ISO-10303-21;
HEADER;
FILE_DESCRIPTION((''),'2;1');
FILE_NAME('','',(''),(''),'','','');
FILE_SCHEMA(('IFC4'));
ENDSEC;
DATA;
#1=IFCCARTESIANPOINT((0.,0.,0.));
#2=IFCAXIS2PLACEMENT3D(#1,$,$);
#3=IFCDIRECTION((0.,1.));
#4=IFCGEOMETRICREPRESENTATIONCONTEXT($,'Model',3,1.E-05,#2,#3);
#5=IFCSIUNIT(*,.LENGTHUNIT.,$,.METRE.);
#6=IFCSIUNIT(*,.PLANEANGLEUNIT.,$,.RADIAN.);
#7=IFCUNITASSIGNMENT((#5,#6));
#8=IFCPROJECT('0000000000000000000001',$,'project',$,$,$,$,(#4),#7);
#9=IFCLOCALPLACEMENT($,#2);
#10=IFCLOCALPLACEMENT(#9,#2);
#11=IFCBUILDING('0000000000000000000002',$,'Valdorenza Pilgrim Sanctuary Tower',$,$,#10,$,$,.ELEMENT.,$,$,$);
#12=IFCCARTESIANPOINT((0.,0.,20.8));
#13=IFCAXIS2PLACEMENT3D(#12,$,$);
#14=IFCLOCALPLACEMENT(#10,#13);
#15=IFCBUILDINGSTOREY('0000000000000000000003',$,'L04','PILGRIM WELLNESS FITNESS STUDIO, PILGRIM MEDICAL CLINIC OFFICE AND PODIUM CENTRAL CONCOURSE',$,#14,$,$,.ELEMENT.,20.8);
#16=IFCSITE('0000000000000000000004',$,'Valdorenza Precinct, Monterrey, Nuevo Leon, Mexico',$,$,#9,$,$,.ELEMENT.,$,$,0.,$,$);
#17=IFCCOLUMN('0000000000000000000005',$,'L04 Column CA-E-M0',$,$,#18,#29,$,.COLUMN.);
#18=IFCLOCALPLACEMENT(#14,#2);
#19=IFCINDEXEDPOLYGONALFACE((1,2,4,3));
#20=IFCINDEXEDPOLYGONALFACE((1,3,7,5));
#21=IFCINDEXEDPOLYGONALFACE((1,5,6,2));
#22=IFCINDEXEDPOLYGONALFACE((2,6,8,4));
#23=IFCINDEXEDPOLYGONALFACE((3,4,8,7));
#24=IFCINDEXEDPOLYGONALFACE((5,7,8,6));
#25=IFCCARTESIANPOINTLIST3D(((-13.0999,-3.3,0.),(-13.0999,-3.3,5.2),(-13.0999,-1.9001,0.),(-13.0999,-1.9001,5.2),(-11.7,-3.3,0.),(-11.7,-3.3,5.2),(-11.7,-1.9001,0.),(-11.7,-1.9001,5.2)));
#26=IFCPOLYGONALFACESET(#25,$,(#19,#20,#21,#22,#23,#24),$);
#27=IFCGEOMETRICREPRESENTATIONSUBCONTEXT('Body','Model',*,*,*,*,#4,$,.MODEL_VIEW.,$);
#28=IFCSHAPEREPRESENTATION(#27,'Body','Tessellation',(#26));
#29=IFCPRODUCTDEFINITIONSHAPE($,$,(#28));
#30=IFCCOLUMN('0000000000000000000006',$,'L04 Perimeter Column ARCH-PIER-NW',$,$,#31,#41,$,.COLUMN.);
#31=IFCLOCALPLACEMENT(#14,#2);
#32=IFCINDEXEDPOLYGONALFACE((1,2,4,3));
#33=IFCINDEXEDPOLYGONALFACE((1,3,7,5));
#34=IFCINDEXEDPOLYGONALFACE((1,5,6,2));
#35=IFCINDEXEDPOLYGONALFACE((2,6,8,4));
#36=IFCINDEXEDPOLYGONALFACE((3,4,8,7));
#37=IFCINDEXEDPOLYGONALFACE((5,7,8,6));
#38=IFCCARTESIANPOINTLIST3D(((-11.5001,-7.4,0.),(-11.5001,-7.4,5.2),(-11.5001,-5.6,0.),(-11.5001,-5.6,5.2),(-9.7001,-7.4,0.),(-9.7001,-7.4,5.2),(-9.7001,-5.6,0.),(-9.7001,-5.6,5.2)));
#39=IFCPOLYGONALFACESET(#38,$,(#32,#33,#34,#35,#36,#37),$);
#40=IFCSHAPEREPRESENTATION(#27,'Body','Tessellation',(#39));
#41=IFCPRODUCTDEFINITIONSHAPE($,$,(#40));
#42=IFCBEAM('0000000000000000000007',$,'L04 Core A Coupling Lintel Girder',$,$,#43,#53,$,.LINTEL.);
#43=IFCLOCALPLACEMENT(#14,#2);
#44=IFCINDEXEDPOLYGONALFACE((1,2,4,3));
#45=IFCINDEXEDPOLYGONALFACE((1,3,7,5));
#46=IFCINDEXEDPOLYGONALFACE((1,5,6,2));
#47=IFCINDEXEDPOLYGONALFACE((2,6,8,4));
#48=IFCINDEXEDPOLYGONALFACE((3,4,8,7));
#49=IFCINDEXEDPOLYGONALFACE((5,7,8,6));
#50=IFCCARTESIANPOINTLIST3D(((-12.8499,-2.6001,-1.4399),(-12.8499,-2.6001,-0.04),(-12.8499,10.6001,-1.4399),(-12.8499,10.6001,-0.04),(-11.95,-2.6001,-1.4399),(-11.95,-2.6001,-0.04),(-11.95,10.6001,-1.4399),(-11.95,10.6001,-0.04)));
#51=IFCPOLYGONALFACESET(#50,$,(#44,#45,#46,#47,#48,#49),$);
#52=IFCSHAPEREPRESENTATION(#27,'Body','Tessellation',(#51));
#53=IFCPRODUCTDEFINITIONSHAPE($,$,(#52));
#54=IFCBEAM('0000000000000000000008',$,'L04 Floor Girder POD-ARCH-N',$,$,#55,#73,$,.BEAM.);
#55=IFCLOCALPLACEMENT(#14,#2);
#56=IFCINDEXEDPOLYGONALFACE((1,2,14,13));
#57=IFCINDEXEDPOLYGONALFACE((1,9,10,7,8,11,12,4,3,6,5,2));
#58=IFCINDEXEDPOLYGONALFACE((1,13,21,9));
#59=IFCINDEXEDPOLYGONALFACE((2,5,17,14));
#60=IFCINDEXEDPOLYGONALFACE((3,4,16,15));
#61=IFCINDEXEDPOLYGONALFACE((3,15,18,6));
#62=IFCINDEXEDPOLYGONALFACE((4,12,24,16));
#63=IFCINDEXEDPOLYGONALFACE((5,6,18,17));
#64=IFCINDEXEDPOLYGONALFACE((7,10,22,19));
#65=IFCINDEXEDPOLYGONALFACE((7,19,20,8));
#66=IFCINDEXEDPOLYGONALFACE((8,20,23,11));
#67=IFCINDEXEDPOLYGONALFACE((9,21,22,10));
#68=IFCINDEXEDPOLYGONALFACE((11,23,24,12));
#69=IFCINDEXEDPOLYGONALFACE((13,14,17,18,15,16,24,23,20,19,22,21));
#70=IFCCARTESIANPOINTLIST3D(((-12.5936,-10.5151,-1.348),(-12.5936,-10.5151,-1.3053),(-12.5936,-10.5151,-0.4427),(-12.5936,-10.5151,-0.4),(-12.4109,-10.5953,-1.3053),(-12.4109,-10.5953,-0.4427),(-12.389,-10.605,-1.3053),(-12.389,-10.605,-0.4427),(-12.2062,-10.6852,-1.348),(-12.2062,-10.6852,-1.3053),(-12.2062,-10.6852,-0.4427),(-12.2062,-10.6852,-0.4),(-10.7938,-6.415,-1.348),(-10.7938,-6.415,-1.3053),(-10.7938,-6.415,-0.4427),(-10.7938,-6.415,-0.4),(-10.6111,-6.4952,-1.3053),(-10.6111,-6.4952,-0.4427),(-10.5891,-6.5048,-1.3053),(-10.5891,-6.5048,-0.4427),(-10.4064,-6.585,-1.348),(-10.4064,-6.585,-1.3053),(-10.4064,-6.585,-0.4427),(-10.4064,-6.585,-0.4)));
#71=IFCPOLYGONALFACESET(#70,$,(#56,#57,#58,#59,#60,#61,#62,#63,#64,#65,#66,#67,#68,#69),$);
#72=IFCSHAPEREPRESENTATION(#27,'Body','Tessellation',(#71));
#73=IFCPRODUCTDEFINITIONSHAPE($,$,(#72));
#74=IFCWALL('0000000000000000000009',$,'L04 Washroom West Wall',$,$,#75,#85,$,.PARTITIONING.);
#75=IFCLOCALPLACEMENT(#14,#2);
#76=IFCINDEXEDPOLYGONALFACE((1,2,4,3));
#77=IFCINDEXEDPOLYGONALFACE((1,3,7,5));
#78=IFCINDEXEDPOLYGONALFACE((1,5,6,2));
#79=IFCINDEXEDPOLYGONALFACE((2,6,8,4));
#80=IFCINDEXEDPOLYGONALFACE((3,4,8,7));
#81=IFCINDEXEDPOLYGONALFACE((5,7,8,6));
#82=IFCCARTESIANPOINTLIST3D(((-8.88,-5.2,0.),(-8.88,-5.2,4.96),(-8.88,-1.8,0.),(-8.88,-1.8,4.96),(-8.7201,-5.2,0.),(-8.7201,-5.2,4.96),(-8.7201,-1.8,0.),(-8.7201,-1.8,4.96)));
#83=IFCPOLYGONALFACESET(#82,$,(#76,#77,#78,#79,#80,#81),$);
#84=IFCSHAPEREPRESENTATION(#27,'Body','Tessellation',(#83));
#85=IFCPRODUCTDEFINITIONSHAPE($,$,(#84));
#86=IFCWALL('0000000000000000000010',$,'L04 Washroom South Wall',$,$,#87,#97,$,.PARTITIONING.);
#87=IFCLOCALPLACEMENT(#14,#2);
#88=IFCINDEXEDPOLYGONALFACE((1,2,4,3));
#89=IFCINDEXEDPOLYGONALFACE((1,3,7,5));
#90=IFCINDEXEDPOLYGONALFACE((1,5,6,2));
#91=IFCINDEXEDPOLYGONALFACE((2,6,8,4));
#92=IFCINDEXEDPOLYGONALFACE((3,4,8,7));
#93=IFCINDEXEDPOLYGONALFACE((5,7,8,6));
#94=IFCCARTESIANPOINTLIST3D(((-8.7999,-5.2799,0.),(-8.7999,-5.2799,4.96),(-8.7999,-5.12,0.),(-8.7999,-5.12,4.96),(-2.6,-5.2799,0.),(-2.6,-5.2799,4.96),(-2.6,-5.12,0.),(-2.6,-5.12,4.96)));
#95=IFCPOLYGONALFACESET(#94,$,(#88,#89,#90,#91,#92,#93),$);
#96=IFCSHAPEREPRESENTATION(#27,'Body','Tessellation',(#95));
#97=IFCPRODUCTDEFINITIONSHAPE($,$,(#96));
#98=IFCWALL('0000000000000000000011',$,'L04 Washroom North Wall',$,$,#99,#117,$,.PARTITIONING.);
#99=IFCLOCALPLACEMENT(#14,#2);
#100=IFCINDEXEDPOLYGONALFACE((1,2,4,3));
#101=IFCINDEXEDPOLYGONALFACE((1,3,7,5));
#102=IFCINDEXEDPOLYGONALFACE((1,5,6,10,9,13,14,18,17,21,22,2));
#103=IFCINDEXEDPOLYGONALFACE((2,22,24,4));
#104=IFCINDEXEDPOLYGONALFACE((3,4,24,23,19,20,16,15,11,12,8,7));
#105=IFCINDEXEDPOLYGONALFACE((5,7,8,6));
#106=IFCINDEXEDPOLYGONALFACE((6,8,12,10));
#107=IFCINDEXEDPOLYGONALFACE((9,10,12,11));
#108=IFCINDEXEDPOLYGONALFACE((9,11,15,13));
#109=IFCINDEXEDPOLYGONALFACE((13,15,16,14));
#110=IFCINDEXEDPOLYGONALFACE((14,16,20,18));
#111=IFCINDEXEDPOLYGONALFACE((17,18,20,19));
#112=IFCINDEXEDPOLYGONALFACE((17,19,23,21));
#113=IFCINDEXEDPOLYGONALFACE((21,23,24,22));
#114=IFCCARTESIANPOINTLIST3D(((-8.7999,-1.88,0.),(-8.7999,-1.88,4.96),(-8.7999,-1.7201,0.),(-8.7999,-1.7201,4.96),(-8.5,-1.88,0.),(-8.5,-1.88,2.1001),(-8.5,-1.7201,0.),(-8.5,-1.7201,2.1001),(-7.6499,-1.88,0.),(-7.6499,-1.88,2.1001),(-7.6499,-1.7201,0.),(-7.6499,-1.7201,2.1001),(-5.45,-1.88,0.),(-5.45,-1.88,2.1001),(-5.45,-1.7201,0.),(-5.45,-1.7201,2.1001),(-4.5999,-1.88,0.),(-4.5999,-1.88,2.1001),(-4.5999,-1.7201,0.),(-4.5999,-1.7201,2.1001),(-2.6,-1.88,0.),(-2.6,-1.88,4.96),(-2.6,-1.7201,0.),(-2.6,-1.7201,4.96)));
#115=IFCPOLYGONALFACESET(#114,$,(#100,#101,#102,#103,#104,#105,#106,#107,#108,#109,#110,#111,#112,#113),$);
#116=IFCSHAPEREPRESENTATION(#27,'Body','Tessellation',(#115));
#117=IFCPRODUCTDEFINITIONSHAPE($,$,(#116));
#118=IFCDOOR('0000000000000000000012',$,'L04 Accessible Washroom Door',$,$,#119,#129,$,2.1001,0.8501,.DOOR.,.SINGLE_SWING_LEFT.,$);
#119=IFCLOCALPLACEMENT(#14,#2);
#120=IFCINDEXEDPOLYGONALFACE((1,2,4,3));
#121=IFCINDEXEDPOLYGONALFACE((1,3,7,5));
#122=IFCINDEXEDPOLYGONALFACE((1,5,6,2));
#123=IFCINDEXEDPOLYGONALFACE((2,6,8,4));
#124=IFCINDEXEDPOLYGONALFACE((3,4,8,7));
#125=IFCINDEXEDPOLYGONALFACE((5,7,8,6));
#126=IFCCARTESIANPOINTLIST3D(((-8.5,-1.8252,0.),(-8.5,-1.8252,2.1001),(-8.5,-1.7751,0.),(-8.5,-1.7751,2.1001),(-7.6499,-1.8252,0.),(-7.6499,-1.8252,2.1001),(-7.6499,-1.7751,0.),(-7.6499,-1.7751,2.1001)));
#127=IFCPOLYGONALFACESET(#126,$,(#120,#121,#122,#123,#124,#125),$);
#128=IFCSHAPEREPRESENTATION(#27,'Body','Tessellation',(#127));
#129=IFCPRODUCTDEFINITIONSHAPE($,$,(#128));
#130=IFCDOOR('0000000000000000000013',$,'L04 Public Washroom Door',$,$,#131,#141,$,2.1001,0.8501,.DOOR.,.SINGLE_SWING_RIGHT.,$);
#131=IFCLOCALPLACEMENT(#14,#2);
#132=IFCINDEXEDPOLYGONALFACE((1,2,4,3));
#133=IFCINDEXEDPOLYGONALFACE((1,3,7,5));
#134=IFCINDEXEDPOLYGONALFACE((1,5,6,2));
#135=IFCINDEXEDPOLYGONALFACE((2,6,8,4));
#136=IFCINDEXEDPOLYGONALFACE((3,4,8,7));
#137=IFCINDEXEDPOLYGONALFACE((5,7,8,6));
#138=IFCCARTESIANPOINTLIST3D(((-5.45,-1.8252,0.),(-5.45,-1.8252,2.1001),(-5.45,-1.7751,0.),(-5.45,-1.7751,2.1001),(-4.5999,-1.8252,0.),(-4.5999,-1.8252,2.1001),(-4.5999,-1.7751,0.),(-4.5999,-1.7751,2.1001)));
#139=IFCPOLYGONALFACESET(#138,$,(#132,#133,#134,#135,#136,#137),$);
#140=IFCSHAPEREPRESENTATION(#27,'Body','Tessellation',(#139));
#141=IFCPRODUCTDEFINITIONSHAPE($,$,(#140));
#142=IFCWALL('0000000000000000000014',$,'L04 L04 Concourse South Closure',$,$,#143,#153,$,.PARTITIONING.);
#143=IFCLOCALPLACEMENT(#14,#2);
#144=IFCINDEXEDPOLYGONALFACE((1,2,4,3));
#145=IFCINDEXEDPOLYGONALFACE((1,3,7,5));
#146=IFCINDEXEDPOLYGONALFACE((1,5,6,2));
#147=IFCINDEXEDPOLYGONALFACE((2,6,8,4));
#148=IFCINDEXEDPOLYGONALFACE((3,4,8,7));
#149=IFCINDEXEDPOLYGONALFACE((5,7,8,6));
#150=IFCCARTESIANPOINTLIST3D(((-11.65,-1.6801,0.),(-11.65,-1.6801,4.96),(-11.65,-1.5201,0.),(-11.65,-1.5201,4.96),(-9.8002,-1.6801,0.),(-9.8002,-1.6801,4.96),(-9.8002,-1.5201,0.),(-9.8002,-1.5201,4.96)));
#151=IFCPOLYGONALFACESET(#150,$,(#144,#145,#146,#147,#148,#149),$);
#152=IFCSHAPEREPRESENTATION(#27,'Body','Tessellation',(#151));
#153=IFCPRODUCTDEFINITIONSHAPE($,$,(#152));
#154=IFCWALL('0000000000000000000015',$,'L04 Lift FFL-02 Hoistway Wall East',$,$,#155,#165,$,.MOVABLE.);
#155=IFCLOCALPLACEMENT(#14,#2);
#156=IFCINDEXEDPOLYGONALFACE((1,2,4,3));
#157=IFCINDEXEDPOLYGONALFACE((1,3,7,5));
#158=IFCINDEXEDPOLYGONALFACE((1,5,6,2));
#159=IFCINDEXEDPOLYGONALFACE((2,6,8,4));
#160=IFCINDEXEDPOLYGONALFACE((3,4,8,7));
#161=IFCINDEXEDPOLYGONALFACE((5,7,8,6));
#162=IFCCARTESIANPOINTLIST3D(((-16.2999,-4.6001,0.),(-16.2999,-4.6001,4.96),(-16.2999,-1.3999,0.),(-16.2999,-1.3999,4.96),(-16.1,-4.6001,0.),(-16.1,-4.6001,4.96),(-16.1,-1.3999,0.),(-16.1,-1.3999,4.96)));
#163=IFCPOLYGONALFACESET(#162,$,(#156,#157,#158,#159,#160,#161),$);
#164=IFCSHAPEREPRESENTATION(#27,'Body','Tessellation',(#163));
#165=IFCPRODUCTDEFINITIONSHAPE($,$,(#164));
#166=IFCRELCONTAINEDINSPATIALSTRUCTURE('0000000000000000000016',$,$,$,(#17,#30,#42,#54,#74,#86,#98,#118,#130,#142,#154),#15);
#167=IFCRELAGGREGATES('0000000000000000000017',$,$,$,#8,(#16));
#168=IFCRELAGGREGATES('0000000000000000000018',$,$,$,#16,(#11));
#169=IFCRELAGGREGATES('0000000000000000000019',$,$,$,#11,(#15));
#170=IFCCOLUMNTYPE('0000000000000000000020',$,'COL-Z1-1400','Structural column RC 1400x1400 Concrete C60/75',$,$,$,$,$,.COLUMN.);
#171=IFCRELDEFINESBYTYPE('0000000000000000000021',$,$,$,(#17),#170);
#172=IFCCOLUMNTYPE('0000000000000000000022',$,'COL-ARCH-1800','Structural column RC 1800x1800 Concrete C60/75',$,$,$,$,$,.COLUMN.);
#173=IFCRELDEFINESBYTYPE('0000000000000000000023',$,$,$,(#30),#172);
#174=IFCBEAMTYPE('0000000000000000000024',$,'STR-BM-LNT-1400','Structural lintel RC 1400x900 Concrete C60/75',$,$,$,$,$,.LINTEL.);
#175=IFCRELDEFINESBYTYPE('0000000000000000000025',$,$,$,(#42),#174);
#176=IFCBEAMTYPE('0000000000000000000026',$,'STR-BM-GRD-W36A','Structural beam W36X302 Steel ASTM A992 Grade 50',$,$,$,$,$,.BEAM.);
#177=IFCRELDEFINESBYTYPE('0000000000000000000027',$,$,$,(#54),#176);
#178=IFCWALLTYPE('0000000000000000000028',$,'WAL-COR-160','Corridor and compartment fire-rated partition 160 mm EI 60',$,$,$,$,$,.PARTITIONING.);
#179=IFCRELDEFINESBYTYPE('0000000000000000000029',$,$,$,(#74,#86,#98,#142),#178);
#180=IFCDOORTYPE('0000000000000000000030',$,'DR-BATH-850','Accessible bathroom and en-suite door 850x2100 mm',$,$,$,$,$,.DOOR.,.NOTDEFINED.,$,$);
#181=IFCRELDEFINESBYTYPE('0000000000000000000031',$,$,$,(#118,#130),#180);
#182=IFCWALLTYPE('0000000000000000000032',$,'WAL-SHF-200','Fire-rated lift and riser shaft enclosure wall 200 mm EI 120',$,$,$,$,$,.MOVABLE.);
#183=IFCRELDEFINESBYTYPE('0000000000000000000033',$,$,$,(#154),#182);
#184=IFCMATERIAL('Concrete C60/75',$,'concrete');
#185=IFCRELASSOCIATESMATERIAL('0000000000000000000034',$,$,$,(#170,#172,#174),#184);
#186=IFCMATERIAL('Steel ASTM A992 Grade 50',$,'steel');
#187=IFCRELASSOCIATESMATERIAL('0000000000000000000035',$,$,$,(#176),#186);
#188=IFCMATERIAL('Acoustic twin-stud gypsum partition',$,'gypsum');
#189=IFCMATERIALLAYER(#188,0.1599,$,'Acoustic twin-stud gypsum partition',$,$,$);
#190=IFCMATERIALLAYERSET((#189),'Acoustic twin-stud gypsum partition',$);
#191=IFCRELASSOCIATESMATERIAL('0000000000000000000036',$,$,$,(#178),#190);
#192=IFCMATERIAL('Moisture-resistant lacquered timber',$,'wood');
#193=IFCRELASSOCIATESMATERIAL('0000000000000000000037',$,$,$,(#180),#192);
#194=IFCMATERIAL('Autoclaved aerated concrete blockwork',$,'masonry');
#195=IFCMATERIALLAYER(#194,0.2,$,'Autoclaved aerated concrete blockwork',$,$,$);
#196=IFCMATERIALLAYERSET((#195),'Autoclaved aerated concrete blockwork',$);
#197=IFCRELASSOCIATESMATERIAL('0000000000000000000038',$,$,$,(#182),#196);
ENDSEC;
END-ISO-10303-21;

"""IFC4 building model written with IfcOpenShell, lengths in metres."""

from ifc_helpers import new_model, si_unit, direction, frame, frame_2d, origin, origin_2d, place, context, subcontext, project, spatial, rectangle, i_section, extrude, source, transform, mapped, material, layer, layer_set, material_profile, profile_set, type_object, element, fill, save


model = new_model("IFC4")

# Units and contexts
model_context = context("Model", 3, precision=1e-05, world=origin(), true_north=direction((0.0, 1.0)))
body_context = subcontext(model_context, "Body", "Model", "MODEL_VIEW")
ifc_project = project(units=[si_unit("LENGTHUNIT", "METRE"), si_unit("PLANEANGLEUNIT", "RADIAN")], contexts=[model_context])

# Site, building, storey
site_placement = place(None, origin())
site = spatial("IfcSite", under=ifc_project, at=site_placement, Name="Valdorenza Precinct, Monterrey, Nuevo Leon, Mexico", CompositionType="ELEMENT", RefElevation=0.0)
building_placement = place(site_placement, origin())
building = spatial("IfcBuilding", under=site, at=building_placement, Name="Valdorenza Pilgrim Sanctuary Tower", CompositionType="ELEMENT")
storey_placement = place(building_placement, frame((0.0, 0.0, 20.8)))
storey = spatial("IfcBuildingStorey", under=building, at=storey_placement, Name="L04", Description="PILGRIM WELLNESS FITNESS STUDIO, PILGRIM MEDICAL CLINIC OFFICE AND PODIUM CENTRAL CONCOURSE", CompositionType="ELEMENT", Elevation=20.8)

# Columns
ifc_material_1 = material(Name="Concrete C60/75", Category="concrete")
ifc_material_profile_1 = material_profile(ifc_material_1, rectangle(XDim=1.3999, YDim=1.3999, at=origin_2d()), Name="RC 1400x1400")
ifc_profile_set_1 = profile_set([ifc_material_profile_1], Name="Concrete C60/75")
column_type_1 = type_object("IfcColumnType", Name="COL-Z1-1400", Description="Structural column RC 1400x1400 Concrete C60/75", PredefinedType="COLUMN", material=ifc_profile_set_1)
shared_shape_1 = source(origin(), body_context, "Body", "SweptSolid", [
    extrude(rectangle(XDim=1.3999, YDim=1.3999, at=origin_2d()), origin(), (0.0, 0.0, 1.0), 5.2),
])
column_1_placement = place(storey_placement, frame((-12.3999, -2.6001, 0.0), z_axis=(0.0, 0.0, 1.0), x_axis=(1.0, 0.0, 0.0)))
element("IfcColumn", 1, at=column_1_placement, inside=storey, type_object=column_type_1, Name="L04 Column CA-E-M0", PredefinedType="COLUMN", context=body_context, shape_type="MappedRepresentation", body=[
    mapped(shared_shape_1, transform((0.0, 0.0, 0.0), x_axis=(1.0, 0.0, 0.0), y_axis=(0.0, 1.0, 0.0), z_axis=(0.0, 0.0, 1.0), scale=1.0)),
])
ifc_material_profile_2 = material_profile(ifc_material_1, rectangle(XDim=1.8, YDim=1.8, at=origin_2d()), Name="RC 1800x1800")
ifc_profile_set_2 = profile_set([ifc_material_profile_2], Name="Concrete C60/75")
column_type_2 = type_object("IfcColumnType", Name="COL-ARCH-1800", Description="Structural column RC 1800x1800 Concrete C60/75", PredefinedType="COLUMN", material=ifc_profile_set_2)
shared_shape_2 = source(origin(), body_context, "Body", "SweptSolid", [
    extrude(rectangle(XDim=1.8, YDim=1.8, at=origin_2d()), origin(), (0.0, 0.0, 1.0), 5.2),
])
column_2_placement = place(storey_placement, frame((-10.6001, -6.5, 0.0), z_axis=(0.0, 0.0, 1.0), x_axis=(1.0, 0.0, 0.0)))
element("IfcColumn", 2, at=column_2_placement, inside=storey, type_object=column_type_2, Name="L04 Perimeter Column ARCH-PIER-NW", PredefinedType="COLUMN", context=body_context, shape_type="MappedRepresentation", body=[
    mapped(shared_shape_2, transform((0.0, 0.0, 0.0), x_axis=(1.0, 0.0, 0.0), y_axis=(0.0, 1.0, 0.0), z_axis=(0.0, 0.0, 1.0), scale=1.0)),
])

# Beams
ifc_material_profile_3 = material_profile(ifc_material_1, rectangle(XDim=0.8999, YDim=1.3999, at=origin_2d()), Name="RC 1400x900")
ifc_profile_set_3 = profile_set([ifc_material_profile_3], Name="Concrete C60/75")
beam_type_1 = type_object("IfcBeamType", Name="STR-BM-LNT-1400", Description="Structural lintel RC 1400x900 Concrete C60/75", PredefinedType="LINTEL", material=ifc_profile_set_3)
shared_shape_3 = source(origin(), body_context, "Body", "SweptSolid", [
    extrude(rectangle(XDim=0.8999, YDim=1.3999, at=origin_2d()), origin(), (0.0, 0.0, 1.0), 13.2002),
])
beam_1_placement = place(storey_placement, frame((-12.3999, -2.6001, -0.74), z_axis=(0.0, 1.0, 0.0), x_axis=(-1.0, 0.0, 0.0)))
element("IfcBeam", 3, at=beam_1_placement, inside=storey, type_object=beam_type_1, Name="L04 Core A Coupling Lintel Girder", PredefinedType="LINTEL", context=body_context, shape_type="MappedRepresentation", body=[
    mapped(shared_shape_3, transform((0.0, 0.0, 0.0), x_axis=(1.0, 0.0, 0.0), y_axis=(0.0, 1.0, 0.0), z_axis=(0.0, 0.0, 1.0), scale=1.0)),
])
ifc_material_2 = material(Name="Steel ASTM A992 Grade 50", Category="steel")
ifc_material_profile_4 = material_profile(ifc_material_2, i_section(OverallWidth=0.4231, OverallDepth=0.948, WebThickness=0.0239, FlangeThickness=0.0427, at=origin_2d()), Name="W36X302")
ifc_profile_set_4 = profile_set([ifc_material_profile_4], Name="Steel ASTM A992 Grade 50")
beam_type_2 = type_object("IfcBeamType", Name="STR-BM-GRD-W36A", Description="Structural beam W36X302 Steel ASTM A992 Grade 50", PredefinedType="BEAM", material=ifc_profile_set_4)
shared_shape_4 = source(origin(), body_context, "Body", "SweptSolid", [
    extrude(i_section(OverallWidth=0.4231, OverallDepth=0.948, WebThickness=0.0239, FlangeThickness=0.0427, at=origin_2d()), origin(), (0.0, 0.0, 1.0), 4.4778),
])
beam_2_placement = place(storey_placement, frame((-10.6001, -6.5, -0.874), z_axis=(-0.401945, -0.915664, 0.0), x_axis=(0.915664, -0.401945, 0.0)))
element("IfcBeam", 4, at=beam_2_placement, inside=storey, type_object=beam_type_2, Name="L04 Floor Girder POD-ARCH-N", PredefinedType="BEAM", context=body_context, shape_type="MappedRepresentation", body=[
    mapped(shared_shape_4, transform((0.0, 0.0, 0.0), x_axis=(1.0, 0.0, 0.0), y_axis=(0.0, 1.0, 0.0), z_axis=(0.0, 0.0, 1.0), scale=1.0)),
])

# Walls
ifc_material_3 = material(Name="Acoustic twin-stud gypsum partition", Category="gypsum")
ifc_layer_1 = layer(ifc_material_3, 0.1599, Name="Acoustic twin-stud gypsum partition")
ifc_layer_set_1 = layer_set([ifc_layer_1], Name="Acoustic twin-stud gypsum partition")
wall_type_1 = type_object("IfcWallType", Name="WAL-COR-160", Description="Corridor and compartment fire-rated partition 160 mm EI 60", PredefinedType="PARTITIONING", material=ifc_layer_set_1)
wall_1_placement = place(storey_placement, frame((-8.8, -5.2, 0.0), z_axis=(0.0, 0.0, 1.0), x_axis=(0.0, 1.0, 0.0)))
element("IfcWall", 5, at=wall_1_placement, inside=storey, type_object=wall_type_1, Name="L04 Washroom West Wall", PredefinedType="PARTITIONING", context=body_context, shape_type="SweptSolid", body=[
    extrude(rectangle(XDim=3.3999, YDim=0.1599, at=frame_2d((1.7, 0.0))), origin(), (0.0, 0.0, 1.0), 4.96),
])
wall_2_placement = place(storey_placement, frame((-8.8, -5.2, 0.0), z_axis=(0.0, 0.0, 1.0), x_axis=(1.0, 0.0, 0.0)))
element("IfcWall", 6, at=wall_2_placement, inside=storey, type_object=wall_type_1, Name="L04 Washroom South Wall", PredefinedType="PARTITIONING", context=body_context, shape_type="SweptSolid", body=[
    extrude(rectangle(XDim=6.2, YDim=0.1599, at=frame_2d((3.1001, 0.0))), origin(), (0.0, 0.0, 1.0), 4.96),
])

# Wall, openings, doors
wall_3_placement = place(storey_placement, frame((-8.8, -1.8, 0.0), z_axis=(0.0, 0.0, 1.0), x_axis=(1.0, 0.0, 0.0)))
wall_3 = element("IfcWall", 7, at=wall_3_placement, inside=storey, type_object=wall_type_1, Name="L04 Washroom North Wall", PredefinedType="PARTITIONING", context=body_context, shape_type="SweptSolid", body=[
    extrude(rectangle(XDim=6.2, YDim=0.1599, at=frame_2d((3.1001, 0.0))), origin(), (0.0, 0.0, 1.0), 4.96),
])
opening_1_placement = place(wall_3_placement, frame((0.3, 0.0, 0.0)))
opening_1 = element("IfcOpeningElement", 8, at=opening_1_placement, cuts=wall_3, PredefinedType="OPENING", context=body_context, shape_type="SweptSolid", body=[
    extrude(rectangle(XDim=0.8501, YDim=2.1001, at=frame_2d((0.425, 1.05))), frame((0.0, 0.0947, 0.0), z_axis=(0.0, -1.0, 0.0), x_axis=(1.0, 0.0, 0.0)), (0.0, 0.0, 1.0), 0.1897),
])
opening_2_placement = place(wall_3_placement, frame((3.3501, 0.0, 0.0)))
opening_2 = element("IfcOpeningElement", 9, at=opening_2_placement, cuts=wall_3, PredefinedType="OPENING", context=body_context, shape_type="SweptSolid", body=[
    extrude(rectangle(XDim=0.8501, YDim=2.1001, at=frame_2d((0.425, 1.05))), frame((0.0, 0.0947, 0.0), z_axis=(0.0, -1.0, 0.0), x_axis=(1.0, 0.0, 0.0)), (0.0, 0.0, 1.0), 0.1897),
])
ifc_material_4 = material(Name="Moisture-resistant lacquered timber", Category="wood")
door_type_1 = type_object("IfcDoorType", Name="DR-BATH-850", Description="Accessible bathroom and en-suite door 850x2100 mm", OperationType="NOTDEFINED", PredefinedType="DOOR", material=ifc_material_4)
door_1_placement = place(opening_1_placement, origin())
door_1 = element("IfcDoor", 10, at=door_1_placement, inside=storey, type_object=door_type_1, Name="L04 Accessible Washroom Door", OperationType="SINGLE_SWING_LEFT", OverallHeight=2.1001, OverallWidth=0.8501, PredefinedType="DOOR", context=body_context, shape_type="SweptSolid", body=[
    extrude(rectangle(XDim=0.8501, YDim=2.1001, at=frame_2d((0.425, 1.05))), frame((0.0, 0.0249, 0.0), z_axis=(0.0, -1.0, 0.0), x_axis=(1.0, 0.0, 0.0)), (0.0, 0.0, 1.0), 0.05),
])
fill(opening_1, door_1)
door_2_placement = place(opening_2_placement, origin())
door_2 = element("IfcDoor", 11, at=door_2_placement, inside=storey, type_object=door_type_1, Name="L04 Public Washroom Door", OperationType="SINGLE_SWING_RIGHT", OverallHeight=2.1001, OverallWidth=0.8501, PredefinedType="DOOR", context=body_context, shape_type="SweptSolid", body=[
    extrude(rectangle(XDim=0.8501, YDim=2.1001, at=frame_2d((0.425, 1.05))), frame((0.0, 0.0249, 0.0), z_axis=(0.0, -1.0, 0.0), x_axis=(1.0, 0.0, 0.0)), (0.0, 0.0, 1.0), 0.05),
])
fill(opening_2, door_2)

# Wall
wall_4_placement = place(storey_placement, frame((-11.6499, -1.6001, 0.0), z_axis=(0.0, 0.0, 1.0), x_axis=(1.0, 0.0, 0.0)))
element("IfcWall", 12, at=wall_4_placement, inside=storey, type_object=wall_type_1, Name="L04 L04 Concourse South Closure", PredefinedType="PARTITIONING", context=body_context, shape_type="SweptSolid", body=[
    extrude(rectangle(XDim=1.8499, YDim=0.1599, at=frame_2d((0.9248, 0.0))), origin(), (0.0, 0.0, 1.0), 4.96),
])

# Wall
ifc_material_5 = material(Name="Autoclaved aerated concrete blockwork", Category="masonry")
ifc_layer_2 = layer(ifc_material_5, 0.2, Name="Autoclaved aerated concrete blockwork")
ifc_layer_set_2 = layer_set([ifc_layer_2], Name="Autoclaved aerated concrete blockwork")
wall_type_2 = type_object("IfcWallType", Name="WAL-SHF-200", Description="Fire-rated lift and riser shaft enclosure wall 200 mm EI 120", PredefinedType="MOVABLE", material=ifc_layer_set_2)
wall_5_placement = place(storey_placement, frame((-16.2, -4.6001, 0.0), z_axis=(0.0, 0.0, 1.0), x_axis=(0.0, 1.0, 0.0)))
element("IfcWall", 13, at=wall_5_placement, inside=storey, type_object=wall_type_2, Name="L04 Lift FFL-02 Hoistway Wall East", PredefinedType="MOVABLE", context=body_context, shape_type="SweptSolid", body=[
    extrude(rectangle(XDim=3.2002, YDim=0.2, at=frame_2d((1.6001, 0.0))), origin(), (0.0, 0.0, 1.0), 4.96),
])

save(model, "model.ifc")
